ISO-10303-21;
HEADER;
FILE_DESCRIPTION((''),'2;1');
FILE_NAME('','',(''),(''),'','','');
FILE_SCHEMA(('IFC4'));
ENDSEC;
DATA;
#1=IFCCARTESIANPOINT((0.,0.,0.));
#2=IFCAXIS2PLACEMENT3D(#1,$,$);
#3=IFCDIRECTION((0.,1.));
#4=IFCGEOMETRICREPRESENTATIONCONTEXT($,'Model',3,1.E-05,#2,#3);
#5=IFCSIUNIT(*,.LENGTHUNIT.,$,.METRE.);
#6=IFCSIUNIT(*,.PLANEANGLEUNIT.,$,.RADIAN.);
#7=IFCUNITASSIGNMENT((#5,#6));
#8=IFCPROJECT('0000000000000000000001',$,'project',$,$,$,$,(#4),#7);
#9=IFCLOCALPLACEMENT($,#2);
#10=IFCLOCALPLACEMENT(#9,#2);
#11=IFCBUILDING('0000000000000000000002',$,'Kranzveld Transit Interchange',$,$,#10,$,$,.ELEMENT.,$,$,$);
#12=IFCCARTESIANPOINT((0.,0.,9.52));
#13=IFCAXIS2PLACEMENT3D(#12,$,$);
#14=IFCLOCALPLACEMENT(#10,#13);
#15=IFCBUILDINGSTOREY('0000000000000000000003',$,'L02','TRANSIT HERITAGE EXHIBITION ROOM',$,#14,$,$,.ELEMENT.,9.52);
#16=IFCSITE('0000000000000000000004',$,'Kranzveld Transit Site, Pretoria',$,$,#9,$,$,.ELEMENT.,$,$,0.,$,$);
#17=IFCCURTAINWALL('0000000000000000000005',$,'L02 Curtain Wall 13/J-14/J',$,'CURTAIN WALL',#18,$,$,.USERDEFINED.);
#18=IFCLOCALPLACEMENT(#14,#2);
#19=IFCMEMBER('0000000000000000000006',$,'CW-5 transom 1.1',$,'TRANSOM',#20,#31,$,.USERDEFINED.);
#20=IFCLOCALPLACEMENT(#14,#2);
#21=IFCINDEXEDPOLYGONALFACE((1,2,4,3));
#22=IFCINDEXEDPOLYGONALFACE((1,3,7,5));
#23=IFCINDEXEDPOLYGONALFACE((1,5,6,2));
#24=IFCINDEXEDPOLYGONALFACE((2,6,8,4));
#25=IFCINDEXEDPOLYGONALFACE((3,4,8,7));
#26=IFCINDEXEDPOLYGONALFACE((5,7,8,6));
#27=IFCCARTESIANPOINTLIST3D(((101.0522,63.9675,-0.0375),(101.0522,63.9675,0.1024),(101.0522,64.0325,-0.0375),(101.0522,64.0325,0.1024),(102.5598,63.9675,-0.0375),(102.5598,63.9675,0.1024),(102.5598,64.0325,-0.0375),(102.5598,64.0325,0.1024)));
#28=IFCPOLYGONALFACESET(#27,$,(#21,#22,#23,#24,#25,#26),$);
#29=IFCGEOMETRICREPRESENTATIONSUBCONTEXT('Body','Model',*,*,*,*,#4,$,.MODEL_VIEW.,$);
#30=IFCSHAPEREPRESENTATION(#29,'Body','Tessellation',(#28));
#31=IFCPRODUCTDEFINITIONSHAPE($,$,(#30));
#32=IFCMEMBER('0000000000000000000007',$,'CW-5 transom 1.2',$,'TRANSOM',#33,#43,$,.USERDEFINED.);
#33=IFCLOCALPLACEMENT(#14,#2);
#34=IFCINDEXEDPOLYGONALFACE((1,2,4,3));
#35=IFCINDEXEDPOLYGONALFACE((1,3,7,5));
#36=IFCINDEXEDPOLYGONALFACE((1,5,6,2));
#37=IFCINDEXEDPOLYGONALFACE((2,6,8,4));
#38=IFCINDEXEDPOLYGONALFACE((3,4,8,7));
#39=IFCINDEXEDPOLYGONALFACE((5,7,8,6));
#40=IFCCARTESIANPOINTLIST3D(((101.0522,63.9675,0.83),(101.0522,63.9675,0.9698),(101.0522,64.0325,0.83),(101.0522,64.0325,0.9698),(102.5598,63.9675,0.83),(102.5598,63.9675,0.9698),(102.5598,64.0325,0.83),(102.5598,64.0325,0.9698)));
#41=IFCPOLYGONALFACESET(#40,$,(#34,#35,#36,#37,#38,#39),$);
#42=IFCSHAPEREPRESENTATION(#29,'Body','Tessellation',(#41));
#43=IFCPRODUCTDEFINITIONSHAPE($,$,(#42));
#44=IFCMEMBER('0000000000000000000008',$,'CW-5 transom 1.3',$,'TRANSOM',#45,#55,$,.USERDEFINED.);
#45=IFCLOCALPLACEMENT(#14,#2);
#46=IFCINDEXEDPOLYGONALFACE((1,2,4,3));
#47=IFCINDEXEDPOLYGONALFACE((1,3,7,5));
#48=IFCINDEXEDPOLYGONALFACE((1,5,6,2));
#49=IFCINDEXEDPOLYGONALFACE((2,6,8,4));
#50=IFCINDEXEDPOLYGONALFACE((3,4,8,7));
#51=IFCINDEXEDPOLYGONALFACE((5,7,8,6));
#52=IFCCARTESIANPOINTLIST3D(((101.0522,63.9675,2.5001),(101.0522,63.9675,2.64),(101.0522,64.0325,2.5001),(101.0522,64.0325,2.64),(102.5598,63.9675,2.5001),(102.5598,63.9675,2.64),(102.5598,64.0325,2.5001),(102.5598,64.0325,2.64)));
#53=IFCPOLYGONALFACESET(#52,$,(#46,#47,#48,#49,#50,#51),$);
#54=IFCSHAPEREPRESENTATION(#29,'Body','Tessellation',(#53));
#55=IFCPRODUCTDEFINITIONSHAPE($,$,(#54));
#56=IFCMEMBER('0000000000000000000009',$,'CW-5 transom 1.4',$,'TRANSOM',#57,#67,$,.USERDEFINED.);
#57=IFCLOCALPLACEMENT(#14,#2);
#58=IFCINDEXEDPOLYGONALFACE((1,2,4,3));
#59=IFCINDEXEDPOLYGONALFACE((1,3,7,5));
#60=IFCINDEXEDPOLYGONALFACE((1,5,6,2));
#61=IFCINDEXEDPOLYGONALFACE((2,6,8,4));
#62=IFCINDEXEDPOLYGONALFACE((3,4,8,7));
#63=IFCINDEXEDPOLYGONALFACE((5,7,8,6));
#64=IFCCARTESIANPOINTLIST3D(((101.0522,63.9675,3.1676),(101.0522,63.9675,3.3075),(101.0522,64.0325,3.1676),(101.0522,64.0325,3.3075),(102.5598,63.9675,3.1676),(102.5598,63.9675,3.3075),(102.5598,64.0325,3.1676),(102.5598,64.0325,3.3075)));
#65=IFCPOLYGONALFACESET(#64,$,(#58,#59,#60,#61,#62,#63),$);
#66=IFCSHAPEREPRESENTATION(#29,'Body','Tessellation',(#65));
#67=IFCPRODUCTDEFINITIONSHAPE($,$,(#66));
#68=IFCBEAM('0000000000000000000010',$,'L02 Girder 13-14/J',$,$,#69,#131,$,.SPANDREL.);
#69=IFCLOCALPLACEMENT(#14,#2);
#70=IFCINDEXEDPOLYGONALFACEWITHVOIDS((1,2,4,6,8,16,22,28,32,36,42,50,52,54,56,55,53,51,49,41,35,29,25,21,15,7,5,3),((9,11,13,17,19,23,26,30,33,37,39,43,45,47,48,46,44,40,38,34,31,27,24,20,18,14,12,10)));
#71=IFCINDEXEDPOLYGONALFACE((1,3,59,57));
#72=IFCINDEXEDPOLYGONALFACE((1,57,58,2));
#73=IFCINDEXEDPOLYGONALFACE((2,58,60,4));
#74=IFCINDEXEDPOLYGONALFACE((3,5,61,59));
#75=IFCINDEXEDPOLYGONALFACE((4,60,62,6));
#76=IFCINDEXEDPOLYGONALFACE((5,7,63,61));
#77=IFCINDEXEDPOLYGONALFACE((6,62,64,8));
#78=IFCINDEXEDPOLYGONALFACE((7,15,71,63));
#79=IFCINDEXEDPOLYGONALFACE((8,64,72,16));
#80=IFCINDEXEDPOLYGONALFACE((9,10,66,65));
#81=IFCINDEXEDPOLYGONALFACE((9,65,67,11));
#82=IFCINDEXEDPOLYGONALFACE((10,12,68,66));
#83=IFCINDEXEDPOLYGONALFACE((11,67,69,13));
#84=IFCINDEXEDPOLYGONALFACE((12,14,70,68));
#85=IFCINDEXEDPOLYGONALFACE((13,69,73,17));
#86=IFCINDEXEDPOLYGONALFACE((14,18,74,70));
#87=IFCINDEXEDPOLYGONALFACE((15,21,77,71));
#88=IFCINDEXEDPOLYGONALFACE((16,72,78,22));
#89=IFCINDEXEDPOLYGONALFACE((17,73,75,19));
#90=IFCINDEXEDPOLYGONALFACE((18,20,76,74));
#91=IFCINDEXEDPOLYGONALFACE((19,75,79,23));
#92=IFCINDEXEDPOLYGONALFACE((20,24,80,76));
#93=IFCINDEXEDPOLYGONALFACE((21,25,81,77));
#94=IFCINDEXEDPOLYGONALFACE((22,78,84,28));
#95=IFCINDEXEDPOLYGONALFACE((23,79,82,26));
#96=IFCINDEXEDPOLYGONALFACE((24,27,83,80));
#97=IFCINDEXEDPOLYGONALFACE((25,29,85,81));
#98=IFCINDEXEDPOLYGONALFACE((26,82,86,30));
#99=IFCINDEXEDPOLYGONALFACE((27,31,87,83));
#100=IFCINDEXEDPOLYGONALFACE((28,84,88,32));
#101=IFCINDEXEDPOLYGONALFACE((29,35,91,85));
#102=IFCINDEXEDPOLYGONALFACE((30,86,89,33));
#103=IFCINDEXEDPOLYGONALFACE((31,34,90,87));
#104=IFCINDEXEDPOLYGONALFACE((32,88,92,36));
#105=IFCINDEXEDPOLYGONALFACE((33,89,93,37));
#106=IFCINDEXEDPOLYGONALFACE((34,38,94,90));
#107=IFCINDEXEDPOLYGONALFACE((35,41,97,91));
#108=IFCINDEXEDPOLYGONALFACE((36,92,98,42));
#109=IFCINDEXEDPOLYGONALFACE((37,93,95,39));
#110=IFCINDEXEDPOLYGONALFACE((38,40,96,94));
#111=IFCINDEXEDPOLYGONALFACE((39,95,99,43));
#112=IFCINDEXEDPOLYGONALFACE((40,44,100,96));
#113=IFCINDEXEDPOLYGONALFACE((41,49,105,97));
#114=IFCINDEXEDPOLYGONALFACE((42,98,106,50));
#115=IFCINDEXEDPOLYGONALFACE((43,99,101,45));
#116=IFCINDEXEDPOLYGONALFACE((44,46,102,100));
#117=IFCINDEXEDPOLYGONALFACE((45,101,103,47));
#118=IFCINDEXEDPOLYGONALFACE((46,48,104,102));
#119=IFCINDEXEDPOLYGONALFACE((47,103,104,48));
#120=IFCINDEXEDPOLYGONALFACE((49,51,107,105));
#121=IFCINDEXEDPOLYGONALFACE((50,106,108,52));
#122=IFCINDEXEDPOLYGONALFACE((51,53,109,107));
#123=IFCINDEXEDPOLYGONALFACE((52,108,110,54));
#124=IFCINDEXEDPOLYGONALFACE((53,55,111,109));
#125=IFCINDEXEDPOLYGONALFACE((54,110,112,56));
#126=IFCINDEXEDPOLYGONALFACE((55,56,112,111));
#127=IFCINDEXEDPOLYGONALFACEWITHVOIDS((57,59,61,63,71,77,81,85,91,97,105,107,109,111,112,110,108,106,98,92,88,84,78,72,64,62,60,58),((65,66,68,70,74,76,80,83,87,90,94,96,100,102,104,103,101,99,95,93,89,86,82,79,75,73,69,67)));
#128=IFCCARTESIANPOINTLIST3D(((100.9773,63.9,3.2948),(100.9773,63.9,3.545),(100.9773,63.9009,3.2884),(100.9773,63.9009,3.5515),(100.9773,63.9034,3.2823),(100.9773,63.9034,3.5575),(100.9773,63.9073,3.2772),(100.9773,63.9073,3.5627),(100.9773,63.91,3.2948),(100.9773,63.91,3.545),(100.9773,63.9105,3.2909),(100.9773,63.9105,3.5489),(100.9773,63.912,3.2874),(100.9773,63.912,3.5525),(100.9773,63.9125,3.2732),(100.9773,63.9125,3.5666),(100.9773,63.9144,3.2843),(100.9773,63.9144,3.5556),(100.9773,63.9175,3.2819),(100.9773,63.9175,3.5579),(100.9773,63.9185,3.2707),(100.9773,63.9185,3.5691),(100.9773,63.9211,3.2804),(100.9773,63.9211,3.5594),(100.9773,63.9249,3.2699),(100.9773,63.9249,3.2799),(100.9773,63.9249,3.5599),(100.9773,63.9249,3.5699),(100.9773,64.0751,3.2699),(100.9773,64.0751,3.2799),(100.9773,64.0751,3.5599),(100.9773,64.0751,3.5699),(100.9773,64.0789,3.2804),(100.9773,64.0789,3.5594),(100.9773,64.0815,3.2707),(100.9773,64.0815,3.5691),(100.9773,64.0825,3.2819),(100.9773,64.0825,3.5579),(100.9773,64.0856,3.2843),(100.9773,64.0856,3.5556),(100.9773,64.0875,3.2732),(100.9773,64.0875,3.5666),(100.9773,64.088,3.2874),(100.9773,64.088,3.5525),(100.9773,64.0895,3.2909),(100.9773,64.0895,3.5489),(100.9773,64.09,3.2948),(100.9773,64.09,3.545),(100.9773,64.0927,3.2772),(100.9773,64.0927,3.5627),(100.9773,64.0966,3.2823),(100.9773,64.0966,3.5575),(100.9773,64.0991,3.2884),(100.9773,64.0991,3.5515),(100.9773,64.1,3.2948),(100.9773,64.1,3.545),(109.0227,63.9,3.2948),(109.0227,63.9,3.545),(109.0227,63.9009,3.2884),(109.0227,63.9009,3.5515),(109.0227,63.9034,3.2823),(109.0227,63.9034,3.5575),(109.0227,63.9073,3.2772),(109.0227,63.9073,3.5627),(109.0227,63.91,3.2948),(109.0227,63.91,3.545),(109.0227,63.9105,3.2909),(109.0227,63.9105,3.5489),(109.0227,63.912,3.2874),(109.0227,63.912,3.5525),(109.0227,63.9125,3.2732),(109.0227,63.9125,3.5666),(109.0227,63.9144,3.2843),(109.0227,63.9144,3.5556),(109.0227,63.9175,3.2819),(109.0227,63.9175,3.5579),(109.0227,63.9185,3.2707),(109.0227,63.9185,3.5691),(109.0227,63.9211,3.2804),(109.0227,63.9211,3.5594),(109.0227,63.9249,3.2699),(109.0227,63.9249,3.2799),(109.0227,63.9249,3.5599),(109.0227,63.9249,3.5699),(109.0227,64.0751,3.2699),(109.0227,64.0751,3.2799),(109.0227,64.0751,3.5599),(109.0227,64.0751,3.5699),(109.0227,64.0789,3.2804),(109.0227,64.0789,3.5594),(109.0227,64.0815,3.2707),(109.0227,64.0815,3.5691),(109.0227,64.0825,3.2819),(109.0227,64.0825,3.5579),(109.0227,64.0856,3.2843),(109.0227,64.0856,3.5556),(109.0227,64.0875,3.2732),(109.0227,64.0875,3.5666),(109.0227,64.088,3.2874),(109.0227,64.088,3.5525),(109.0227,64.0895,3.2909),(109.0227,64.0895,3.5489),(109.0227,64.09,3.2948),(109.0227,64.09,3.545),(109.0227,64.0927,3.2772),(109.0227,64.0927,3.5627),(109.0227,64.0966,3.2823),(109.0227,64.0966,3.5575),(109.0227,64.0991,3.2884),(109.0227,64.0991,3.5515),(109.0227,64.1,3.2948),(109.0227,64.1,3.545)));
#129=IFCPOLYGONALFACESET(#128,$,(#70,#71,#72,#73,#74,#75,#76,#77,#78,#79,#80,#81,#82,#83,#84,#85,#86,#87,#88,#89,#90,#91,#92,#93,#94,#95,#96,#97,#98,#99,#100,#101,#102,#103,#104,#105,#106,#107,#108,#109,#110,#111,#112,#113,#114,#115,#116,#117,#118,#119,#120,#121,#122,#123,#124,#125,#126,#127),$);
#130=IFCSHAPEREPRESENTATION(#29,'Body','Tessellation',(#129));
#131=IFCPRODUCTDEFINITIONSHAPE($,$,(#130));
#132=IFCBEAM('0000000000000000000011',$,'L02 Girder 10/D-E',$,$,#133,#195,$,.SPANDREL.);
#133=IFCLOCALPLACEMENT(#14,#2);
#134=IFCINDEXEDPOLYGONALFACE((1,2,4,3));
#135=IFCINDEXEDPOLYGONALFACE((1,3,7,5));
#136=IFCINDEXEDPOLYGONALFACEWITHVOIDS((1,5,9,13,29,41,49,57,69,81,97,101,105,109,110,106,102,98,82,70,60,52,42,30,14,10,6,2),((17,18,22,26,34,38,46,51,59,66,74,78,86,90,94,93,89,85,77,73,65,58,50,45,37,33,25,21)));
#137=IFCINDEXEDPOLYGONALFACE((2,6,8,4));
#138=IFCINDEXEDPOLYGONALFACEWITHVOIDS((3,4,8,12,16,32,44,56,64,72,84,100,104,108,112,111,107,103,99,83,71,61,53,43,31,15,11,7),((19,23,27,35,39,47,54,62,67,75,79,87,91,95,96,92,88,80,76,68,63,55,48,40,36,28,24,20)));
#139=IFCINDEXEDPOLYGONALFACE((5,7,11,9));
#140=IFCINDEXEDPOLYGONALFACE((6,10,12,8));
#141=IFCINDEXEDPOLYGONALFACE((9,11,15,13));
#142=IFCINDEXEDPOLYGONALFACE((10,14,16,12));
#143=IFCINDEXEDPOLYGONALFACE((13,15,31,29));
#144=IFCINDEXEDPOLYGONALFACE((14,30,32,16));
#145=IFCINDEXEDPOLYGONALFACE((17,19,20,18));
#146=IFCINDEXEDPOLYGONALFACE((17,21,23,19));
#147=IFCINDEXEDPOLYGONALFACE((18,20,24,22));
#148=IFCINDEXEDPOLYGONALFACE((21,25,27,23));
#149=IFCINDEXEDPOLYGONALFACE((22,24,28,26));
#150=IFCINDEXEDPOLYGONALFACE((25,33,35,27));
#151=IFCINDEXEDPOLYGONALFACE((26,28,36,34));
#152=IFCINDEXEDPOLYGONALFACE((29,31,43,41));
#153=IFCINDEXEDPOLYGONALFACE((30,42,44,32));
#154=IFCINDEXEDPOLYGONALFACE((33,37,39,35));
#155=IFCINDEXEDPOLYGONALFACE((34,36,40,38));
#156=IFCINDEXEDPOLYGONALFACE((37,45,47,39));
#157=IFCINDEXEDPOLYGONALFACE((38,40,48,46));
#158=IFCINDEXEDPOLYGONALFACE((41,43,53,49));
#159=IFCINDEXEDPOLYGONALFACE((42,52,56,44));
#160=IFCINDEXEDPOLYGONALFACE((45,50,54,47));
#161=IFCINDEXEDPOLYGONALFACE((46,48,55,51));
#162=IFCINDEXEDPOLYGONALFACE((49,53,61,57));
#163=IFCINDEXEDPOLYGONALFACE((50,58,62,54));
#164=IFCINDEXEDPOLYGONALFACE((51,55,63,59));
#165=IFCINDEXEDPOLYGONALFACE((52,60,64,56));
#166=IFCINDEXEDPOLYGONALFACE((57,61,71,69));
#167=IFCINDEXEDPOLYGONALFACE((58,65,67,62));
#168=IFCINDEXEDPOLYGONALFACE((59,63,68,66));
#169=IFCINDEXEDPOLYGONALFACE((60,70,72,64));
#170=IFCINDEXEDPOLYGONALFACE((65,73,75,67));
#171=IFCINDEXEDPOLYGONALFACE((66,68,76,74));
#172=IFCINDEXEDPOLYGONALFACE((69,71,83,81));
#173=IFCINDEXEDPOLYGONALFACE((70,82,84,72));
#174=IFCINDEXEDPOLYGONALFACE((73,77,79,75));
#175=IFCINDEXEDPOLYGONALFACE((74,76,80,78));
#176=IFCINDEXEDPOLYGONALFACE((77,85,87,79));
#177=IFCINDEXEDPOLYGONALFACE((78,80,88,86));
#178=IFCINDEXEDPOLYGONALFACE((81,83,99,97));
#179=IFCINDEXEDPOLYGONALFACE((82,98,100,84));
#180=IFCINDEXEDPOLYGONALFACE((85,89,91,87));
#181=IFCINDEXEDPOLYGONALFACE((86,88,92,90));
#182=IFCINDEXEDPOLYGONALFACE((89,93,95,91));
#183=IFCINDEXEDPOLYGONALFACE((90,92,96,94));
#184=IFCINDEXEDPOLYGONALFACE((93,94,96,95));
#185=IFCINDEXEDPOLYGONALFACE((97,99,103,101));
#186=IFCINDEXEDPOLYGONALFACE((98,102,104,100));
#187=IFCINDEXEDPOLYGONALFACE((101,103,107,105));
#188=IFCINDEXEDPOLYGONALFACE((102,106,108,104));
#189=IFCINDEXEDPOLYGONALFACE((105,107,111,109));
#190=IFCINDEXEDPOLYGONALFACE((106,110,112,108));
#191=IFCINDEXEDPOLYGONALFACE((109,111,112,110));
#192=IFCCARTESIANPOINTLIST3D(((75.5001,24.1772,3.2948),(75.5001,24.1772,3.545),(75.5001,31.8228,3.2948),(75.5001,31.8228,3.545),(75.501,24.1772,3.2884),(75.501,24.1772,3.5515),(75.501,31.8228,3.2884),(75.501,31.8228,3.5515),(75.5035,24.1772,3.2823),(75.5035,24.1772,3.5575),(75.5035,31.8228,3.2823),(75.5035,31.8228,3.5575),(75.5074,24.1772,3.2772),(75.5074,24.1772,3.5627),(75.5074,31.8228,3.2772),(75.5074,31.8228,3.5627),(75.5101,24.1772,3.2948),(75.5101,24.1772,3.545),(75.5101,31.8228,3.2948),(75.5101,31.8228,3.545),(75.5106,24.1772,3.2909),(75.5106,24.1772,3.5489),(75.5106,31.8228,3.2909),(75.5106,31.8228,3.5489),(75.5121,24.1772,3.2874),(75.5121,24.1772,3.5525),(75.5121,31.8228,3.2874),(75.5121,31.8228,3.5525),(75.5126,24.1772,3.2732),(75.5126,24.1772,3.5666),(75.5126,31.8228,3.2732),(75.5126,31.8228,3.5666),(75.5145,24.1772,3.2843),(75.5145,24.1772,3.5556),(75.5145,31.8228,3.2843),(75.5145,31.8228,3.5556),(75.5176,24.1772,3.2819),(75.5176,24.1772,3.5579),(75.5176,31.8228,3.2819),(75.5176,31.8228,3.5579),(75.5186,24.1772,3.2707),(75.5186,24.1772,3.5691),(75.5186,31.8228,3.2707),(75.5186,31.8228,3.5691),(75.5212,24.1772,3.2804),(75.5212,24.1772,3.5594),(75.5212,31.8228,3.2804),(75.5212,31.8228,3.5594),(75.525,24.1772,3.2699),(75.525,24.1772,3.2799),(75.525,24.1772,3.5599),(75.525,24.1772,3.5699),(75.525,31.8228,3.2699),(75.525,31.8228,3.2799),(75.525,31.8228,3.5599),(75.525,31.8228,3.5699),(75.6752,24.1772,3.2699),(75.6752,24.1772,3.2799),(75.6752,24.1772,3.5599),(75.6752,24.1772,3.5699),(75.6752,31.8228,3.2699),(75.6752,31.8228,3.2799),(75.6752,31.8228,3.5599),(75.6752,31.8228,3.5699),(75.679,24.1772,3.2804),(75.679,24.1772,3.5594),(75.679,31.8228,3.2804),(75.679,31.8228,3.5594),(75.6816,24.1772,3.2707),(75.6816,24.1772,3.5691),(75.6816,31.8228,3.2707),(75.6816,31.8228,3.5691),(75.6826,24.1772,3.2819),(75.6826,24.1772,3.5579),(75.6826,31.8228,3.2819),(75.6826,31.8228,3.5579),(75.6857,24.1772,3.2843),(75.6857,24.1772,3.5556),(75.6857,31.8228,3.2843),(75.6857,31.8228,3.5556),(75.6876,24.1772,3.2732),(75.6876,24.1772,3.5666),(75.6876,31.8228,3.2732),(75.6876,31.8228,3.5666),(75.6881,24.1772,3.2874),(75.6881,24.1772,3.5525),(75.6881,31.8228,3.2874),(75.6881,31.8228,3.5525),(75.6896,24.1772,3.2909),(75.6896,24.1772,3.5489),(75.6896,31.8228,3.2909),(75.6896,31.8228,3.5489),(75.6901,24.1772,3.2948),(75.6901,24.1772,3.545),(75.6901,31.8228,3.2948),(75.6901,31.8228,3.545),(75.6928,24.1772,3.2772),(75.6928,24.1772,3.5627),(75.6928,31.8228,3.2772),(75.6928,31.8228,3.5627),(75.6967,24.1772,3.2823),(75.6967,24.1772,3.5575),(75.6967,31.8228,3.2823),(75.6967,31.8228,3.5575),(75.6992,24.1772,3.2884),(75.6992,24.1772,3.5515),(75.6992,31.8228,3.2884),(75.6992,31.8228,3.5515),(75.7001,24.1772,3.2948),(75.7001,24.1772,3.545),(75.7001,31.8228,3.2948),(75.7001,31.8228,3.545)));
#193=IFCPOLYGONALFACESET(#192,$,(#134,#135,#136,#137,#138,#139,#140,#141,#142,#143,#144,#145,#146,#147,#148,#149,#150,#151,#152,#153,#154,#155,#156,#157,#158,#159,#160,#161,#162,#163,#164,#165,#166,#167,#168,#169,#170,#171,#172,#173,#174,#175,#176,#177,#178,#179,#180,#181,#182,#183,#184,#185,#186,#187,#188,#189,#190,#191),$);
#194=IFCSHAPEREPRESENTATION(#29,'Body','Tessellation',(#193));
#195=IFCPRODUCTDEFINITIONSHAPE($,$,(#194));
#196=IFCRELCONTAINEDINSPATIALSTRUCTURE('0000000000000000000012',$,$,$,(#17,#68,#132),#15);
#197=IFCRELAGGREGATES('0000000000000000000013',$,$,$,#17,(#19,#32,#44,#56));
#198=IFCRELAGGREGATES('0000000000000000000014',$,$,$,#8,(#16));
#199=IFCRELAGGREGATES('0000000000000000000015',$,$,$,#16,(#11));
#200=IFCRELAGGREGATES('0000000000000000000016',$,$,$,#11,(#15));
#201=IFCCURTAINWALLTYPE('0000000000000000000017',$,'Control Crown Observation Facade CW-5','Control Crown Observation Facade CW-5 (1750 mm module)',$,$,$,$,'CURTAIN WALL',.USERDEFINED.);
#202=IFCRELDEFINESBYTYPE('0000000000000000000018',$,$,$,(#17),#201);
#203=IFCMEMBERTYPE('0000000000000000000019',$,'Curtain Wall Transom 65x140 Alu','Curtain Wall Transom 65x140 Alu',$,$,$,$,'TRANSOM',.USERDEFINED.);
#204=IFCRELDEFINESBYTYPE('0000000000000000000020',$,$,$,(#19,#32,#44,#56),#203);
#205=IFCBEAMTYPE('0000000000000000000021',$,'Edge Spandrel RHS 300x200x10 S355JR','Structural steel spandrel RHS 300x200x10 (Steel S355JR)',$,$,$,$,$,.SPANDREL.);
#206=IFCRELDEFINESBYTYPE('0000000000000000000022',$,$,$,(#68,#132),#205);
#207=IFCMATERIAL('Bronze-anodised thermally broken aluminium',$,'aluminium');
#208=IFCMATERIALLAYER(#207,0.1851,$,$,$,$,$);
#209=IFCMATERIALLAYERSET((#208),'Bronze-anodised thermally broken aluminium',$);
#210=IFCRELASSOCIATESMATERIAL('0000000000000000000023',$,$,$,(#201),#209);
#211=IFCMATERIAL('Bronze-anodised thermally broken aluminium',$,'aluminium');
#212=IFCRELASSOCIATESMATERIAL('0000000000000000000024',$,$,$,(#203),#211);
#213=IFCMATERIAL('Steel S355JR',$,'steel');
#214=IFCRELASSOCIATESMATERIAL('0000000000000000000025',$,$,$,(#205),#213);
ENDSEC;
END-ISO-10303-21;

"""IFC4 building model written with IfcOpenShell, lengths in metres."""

from ifc_helpers import new_model, si_unit, direction, frame, origin, origin_2d, place, context, subcontext, project, spatial, rectangle, hollow_rectangle, extrude, material, layer, layer_set, material_profile, profile_set, type_object, element, aggregate, save


model = new_model("IFC4")

# Units and contexts
model_context = context("Model", 3, precision=1e-05, world=origin(), true_north=direction((0.0, 1.0)))
body_context = subcontext(model_context, "Body", "Model", "MODEL_VIEW")
ifc_project = project(units=[si_unit("LENGTHUNIT", "METRE"), si_unit("PLANEANGLEUNIT", "RADIAN")], contexts=[model_context])

# Site, building, storey
site_placement = place(None, origin())
site = spatial("IfcSite", under=ifc_project, at=site_placement, Name="Kranzveld Transit Site, Pretoria", CompositionType="ELEMENT", RefElevation=0.0)
building_placement = place(site_placement, origin())
building = spatial("IfcBuilding", under=site, at=building_placement, Name="Kranzveld Transit Interchange", CompositionType="ELEMENT")
storey_placement = place(building_placement, frame((0.0, 0.0, 9.52)))
storey = spatial("IfcBuildingStorey", under=building, at=storey_placement, Name="L02", Description="TRANSIT HERITAGE EXHIBITION ROOM", CompositionType="ELEMENT", Elevation=9.52)

# Curtain wall, members
ifc_material_1 = material(Name="Bronze-anodised thermally broken aluminium", Category="aluminium")
ifc_layer_1 = layer(ifc_material_1, 0.1851)
ifc_layer_set_1 = layer_set([ifc_layer_1], Name="Bronze-anodised thermally broken aluminium")
curtain_wall_type = type_object("IfcCurtainWallType", Name="Control Crown Observation Facade CW-5", Description="Control Crown Observation Facade CW-5 (1750 mm module)", ElementType="CURTAIN WALL", PredefinedType="USERDEFINED", material=ifc_layer_set_1)
curtain_wall_placement = place(storey_placement, origin())
curtain_wall = element("IfcCurtainWall", 1, at=curtain_wall_placement, inside=storey, type_object=curtain_wall_type, Name="L02 Curtain Wall 13/J-14/J", ObjectType="CURTAIN WALL", PredefinedType="USERDEFINED")
ifc_material_2 = material(Name="Bronze-anodised thermally broken aluminium", Category="aluminium")
ifc_material_profile_1 = material_profile(ifc_material_2, rectangle(XDim=0.0649, YDim=0.1399, at=origin_2d()), Name="ALU TRANSOM 65x140")
ifc_profile_set_1 = profile_set([ifc_material_profile_1], Name="Bronze-anodised thermally broken aluminium")
member_type_1 = type_object("IfcMemberType", Name="Curtain Wall Transom 65x140 Alu", Description="Curtain Wall Transom 65x140 Alu", ElementType="TRANSOM", PredefinedType="USERDEFINED", material=ifc_profile_set_1)
member_1_placement = place(storey_placement, frame((101.0522, 64.0, 0.0325), z_axis=(1.0, 0.0, 0.0), x_axis=(0.0, 1.0, 0.0)))
member_1 = element("IfcMember", 2, at=member_1_placement, type_object=member_type_1, Name="CW-5 transom 1.1", ObjectType="TRANSOM", PredefinedType="USERDEFINED", context=body_context, shape_type="SweptSolid", body=[
    extrude(rectangle(XDim=0.0649, YDim=0.1399, at=origin_2d()), origin(), (0.0, 0.0, 1.0), 1.5076),
])
member_2_placement = place(storey_placement, frame((101.0522, 64.0, 0.8999), z_axis=(1.0, 0.0, 0.0), x_axis=(0.0, 1.0, 0.0)))
member_2 = element("IfcMember", 3, at=member_2_placement, type_object=member_type_1, Name="CW-5 transom 1.2", ObjectType="TRANSOM", PredefinedType="USERDEFINED", context=body_context, shape_type="SweptSolid", body=[
    extrude(rectangle(XDim=0.0649, YDim=0.1399, at=origin_2d()), origin(), (0.0, 0.0, 1.0), 1.5076),
])
member_3_placement = place(storey_placement, frame((101.0522, 64.0, 2.5701), z_axis=(1.0, 0.0, 0.0), x_axis=(0.0, 1.0, 0.0)))
member_3 = element("IfcMember", 4, at=member_3_placement, type_object=member_type_1, Name="CW-5 transom 1.3", ObjectType="TRANSOM", PredefinedType="USERDEFINED", context=body_context, shape_type="SweptSolid", body=[
    extrude(rectangle(XDim=0.0649, YDim=0.1399, at=origin_2d()), origin(), (0.0, 0.0, 1.0), 1.5076),
])
member_4_placement = place(storey_placement, frame((101.0522, 64.0, 3.2375), z_axis=(1.0, 0.0, 0.0), x_axis=(0.0, 1.0, 0.0)))
member_4 = element("IfcMember", 5, at=member_4_placement, type_object=member_type_1, Name="CW-5 transom 1.4", ObjectType="TRANSOM", PredefinedType="USERDEFINED", context=body_context, shape_type="SweptSolid", body=[
    extrude(rectangle(XDim=0.0649, YDim=0.1399, at=origin_2d()), origin(), (0.0, 0.0, 1.0), 1.5076),
])

# Beams
ifc_material_3 = material(Name="Steel S355JR", Category="steel")
ifc_material_profile_2 = material_profile(ifc_material_3, hollow_rectangle(XDim=0.2, YDim=0.3, WallThickness=0.01, InnerFilletRadius=0.0149, OuterFilletRadius=0.0249, at=origin_2d()), Name="RHS 300x200x10")
ifc_profile_set_2 = profile_set([ifc_material_profile_2], Name="Steel S355JR")
beam_type_1 = type_object("IfcBeamType", Name="Edge Spandrel RHS 300x200x10 S355JR", Description="Structural steel spandrel RHS 300x200x10 (Steel S355JR)", PredefinedType="SPANDREL", material=ifc_profile_set_2)
beam_1_placement = place(storey_placement, frame((100.9773, 64.0, 3.4199), z_axis=(1.0, 0.0, 0.0), x_axis=(0.0, 1.0, 0.0)))
element("IfcBeam", 6, at=beam_1_placement, inside=storey, type_object=beam_type_1, Name="L02 Girder 13-14/J", PredefinedType="SPANDREL", context=body_context, shape_type="SweptSolid", body=[
    extrude(hollow_rectangle(XDim=0.2, YDim=0.3, WallThickness=0.01, InnerFilletRadius=0.0149, OuterFilletRadius=0.0249, at=origin_2d()), origin(), (0.0, 0.0, 1.0), 8.0454),
])
for number, where, z_axis, x_axis, name in (
    (7, (75.6001, 24.1772, 3.4199), (0.0, 1.0, 0.0), (-1.0, 0.0, 0.0), "L02 Girder 10/D-E"),
):
    element("IfcBeam", number, at=place(storey_placement, frame(where, z_axis=z_axis, x_axis=x_axis)), inside=storey, type_object=beam_type_1, Name=name, PredefinedType="SPANDREL", context=body_context, shape_type="SweptSolid", body=[
        extrude(hollow_rectangle(XDim=0.2, YDim=0.3, WallThickness=0.01, InnerFilletRadius=0.0149, OuterFilletRadius=0.0249, at=origin_2d()), origin(), (0.0, 0.0, 1.0), 7.6455),
    ])

aggregate(curtain_wall, [member_1, member_2, member_3, member_4])

save(model, "model.ifc")
